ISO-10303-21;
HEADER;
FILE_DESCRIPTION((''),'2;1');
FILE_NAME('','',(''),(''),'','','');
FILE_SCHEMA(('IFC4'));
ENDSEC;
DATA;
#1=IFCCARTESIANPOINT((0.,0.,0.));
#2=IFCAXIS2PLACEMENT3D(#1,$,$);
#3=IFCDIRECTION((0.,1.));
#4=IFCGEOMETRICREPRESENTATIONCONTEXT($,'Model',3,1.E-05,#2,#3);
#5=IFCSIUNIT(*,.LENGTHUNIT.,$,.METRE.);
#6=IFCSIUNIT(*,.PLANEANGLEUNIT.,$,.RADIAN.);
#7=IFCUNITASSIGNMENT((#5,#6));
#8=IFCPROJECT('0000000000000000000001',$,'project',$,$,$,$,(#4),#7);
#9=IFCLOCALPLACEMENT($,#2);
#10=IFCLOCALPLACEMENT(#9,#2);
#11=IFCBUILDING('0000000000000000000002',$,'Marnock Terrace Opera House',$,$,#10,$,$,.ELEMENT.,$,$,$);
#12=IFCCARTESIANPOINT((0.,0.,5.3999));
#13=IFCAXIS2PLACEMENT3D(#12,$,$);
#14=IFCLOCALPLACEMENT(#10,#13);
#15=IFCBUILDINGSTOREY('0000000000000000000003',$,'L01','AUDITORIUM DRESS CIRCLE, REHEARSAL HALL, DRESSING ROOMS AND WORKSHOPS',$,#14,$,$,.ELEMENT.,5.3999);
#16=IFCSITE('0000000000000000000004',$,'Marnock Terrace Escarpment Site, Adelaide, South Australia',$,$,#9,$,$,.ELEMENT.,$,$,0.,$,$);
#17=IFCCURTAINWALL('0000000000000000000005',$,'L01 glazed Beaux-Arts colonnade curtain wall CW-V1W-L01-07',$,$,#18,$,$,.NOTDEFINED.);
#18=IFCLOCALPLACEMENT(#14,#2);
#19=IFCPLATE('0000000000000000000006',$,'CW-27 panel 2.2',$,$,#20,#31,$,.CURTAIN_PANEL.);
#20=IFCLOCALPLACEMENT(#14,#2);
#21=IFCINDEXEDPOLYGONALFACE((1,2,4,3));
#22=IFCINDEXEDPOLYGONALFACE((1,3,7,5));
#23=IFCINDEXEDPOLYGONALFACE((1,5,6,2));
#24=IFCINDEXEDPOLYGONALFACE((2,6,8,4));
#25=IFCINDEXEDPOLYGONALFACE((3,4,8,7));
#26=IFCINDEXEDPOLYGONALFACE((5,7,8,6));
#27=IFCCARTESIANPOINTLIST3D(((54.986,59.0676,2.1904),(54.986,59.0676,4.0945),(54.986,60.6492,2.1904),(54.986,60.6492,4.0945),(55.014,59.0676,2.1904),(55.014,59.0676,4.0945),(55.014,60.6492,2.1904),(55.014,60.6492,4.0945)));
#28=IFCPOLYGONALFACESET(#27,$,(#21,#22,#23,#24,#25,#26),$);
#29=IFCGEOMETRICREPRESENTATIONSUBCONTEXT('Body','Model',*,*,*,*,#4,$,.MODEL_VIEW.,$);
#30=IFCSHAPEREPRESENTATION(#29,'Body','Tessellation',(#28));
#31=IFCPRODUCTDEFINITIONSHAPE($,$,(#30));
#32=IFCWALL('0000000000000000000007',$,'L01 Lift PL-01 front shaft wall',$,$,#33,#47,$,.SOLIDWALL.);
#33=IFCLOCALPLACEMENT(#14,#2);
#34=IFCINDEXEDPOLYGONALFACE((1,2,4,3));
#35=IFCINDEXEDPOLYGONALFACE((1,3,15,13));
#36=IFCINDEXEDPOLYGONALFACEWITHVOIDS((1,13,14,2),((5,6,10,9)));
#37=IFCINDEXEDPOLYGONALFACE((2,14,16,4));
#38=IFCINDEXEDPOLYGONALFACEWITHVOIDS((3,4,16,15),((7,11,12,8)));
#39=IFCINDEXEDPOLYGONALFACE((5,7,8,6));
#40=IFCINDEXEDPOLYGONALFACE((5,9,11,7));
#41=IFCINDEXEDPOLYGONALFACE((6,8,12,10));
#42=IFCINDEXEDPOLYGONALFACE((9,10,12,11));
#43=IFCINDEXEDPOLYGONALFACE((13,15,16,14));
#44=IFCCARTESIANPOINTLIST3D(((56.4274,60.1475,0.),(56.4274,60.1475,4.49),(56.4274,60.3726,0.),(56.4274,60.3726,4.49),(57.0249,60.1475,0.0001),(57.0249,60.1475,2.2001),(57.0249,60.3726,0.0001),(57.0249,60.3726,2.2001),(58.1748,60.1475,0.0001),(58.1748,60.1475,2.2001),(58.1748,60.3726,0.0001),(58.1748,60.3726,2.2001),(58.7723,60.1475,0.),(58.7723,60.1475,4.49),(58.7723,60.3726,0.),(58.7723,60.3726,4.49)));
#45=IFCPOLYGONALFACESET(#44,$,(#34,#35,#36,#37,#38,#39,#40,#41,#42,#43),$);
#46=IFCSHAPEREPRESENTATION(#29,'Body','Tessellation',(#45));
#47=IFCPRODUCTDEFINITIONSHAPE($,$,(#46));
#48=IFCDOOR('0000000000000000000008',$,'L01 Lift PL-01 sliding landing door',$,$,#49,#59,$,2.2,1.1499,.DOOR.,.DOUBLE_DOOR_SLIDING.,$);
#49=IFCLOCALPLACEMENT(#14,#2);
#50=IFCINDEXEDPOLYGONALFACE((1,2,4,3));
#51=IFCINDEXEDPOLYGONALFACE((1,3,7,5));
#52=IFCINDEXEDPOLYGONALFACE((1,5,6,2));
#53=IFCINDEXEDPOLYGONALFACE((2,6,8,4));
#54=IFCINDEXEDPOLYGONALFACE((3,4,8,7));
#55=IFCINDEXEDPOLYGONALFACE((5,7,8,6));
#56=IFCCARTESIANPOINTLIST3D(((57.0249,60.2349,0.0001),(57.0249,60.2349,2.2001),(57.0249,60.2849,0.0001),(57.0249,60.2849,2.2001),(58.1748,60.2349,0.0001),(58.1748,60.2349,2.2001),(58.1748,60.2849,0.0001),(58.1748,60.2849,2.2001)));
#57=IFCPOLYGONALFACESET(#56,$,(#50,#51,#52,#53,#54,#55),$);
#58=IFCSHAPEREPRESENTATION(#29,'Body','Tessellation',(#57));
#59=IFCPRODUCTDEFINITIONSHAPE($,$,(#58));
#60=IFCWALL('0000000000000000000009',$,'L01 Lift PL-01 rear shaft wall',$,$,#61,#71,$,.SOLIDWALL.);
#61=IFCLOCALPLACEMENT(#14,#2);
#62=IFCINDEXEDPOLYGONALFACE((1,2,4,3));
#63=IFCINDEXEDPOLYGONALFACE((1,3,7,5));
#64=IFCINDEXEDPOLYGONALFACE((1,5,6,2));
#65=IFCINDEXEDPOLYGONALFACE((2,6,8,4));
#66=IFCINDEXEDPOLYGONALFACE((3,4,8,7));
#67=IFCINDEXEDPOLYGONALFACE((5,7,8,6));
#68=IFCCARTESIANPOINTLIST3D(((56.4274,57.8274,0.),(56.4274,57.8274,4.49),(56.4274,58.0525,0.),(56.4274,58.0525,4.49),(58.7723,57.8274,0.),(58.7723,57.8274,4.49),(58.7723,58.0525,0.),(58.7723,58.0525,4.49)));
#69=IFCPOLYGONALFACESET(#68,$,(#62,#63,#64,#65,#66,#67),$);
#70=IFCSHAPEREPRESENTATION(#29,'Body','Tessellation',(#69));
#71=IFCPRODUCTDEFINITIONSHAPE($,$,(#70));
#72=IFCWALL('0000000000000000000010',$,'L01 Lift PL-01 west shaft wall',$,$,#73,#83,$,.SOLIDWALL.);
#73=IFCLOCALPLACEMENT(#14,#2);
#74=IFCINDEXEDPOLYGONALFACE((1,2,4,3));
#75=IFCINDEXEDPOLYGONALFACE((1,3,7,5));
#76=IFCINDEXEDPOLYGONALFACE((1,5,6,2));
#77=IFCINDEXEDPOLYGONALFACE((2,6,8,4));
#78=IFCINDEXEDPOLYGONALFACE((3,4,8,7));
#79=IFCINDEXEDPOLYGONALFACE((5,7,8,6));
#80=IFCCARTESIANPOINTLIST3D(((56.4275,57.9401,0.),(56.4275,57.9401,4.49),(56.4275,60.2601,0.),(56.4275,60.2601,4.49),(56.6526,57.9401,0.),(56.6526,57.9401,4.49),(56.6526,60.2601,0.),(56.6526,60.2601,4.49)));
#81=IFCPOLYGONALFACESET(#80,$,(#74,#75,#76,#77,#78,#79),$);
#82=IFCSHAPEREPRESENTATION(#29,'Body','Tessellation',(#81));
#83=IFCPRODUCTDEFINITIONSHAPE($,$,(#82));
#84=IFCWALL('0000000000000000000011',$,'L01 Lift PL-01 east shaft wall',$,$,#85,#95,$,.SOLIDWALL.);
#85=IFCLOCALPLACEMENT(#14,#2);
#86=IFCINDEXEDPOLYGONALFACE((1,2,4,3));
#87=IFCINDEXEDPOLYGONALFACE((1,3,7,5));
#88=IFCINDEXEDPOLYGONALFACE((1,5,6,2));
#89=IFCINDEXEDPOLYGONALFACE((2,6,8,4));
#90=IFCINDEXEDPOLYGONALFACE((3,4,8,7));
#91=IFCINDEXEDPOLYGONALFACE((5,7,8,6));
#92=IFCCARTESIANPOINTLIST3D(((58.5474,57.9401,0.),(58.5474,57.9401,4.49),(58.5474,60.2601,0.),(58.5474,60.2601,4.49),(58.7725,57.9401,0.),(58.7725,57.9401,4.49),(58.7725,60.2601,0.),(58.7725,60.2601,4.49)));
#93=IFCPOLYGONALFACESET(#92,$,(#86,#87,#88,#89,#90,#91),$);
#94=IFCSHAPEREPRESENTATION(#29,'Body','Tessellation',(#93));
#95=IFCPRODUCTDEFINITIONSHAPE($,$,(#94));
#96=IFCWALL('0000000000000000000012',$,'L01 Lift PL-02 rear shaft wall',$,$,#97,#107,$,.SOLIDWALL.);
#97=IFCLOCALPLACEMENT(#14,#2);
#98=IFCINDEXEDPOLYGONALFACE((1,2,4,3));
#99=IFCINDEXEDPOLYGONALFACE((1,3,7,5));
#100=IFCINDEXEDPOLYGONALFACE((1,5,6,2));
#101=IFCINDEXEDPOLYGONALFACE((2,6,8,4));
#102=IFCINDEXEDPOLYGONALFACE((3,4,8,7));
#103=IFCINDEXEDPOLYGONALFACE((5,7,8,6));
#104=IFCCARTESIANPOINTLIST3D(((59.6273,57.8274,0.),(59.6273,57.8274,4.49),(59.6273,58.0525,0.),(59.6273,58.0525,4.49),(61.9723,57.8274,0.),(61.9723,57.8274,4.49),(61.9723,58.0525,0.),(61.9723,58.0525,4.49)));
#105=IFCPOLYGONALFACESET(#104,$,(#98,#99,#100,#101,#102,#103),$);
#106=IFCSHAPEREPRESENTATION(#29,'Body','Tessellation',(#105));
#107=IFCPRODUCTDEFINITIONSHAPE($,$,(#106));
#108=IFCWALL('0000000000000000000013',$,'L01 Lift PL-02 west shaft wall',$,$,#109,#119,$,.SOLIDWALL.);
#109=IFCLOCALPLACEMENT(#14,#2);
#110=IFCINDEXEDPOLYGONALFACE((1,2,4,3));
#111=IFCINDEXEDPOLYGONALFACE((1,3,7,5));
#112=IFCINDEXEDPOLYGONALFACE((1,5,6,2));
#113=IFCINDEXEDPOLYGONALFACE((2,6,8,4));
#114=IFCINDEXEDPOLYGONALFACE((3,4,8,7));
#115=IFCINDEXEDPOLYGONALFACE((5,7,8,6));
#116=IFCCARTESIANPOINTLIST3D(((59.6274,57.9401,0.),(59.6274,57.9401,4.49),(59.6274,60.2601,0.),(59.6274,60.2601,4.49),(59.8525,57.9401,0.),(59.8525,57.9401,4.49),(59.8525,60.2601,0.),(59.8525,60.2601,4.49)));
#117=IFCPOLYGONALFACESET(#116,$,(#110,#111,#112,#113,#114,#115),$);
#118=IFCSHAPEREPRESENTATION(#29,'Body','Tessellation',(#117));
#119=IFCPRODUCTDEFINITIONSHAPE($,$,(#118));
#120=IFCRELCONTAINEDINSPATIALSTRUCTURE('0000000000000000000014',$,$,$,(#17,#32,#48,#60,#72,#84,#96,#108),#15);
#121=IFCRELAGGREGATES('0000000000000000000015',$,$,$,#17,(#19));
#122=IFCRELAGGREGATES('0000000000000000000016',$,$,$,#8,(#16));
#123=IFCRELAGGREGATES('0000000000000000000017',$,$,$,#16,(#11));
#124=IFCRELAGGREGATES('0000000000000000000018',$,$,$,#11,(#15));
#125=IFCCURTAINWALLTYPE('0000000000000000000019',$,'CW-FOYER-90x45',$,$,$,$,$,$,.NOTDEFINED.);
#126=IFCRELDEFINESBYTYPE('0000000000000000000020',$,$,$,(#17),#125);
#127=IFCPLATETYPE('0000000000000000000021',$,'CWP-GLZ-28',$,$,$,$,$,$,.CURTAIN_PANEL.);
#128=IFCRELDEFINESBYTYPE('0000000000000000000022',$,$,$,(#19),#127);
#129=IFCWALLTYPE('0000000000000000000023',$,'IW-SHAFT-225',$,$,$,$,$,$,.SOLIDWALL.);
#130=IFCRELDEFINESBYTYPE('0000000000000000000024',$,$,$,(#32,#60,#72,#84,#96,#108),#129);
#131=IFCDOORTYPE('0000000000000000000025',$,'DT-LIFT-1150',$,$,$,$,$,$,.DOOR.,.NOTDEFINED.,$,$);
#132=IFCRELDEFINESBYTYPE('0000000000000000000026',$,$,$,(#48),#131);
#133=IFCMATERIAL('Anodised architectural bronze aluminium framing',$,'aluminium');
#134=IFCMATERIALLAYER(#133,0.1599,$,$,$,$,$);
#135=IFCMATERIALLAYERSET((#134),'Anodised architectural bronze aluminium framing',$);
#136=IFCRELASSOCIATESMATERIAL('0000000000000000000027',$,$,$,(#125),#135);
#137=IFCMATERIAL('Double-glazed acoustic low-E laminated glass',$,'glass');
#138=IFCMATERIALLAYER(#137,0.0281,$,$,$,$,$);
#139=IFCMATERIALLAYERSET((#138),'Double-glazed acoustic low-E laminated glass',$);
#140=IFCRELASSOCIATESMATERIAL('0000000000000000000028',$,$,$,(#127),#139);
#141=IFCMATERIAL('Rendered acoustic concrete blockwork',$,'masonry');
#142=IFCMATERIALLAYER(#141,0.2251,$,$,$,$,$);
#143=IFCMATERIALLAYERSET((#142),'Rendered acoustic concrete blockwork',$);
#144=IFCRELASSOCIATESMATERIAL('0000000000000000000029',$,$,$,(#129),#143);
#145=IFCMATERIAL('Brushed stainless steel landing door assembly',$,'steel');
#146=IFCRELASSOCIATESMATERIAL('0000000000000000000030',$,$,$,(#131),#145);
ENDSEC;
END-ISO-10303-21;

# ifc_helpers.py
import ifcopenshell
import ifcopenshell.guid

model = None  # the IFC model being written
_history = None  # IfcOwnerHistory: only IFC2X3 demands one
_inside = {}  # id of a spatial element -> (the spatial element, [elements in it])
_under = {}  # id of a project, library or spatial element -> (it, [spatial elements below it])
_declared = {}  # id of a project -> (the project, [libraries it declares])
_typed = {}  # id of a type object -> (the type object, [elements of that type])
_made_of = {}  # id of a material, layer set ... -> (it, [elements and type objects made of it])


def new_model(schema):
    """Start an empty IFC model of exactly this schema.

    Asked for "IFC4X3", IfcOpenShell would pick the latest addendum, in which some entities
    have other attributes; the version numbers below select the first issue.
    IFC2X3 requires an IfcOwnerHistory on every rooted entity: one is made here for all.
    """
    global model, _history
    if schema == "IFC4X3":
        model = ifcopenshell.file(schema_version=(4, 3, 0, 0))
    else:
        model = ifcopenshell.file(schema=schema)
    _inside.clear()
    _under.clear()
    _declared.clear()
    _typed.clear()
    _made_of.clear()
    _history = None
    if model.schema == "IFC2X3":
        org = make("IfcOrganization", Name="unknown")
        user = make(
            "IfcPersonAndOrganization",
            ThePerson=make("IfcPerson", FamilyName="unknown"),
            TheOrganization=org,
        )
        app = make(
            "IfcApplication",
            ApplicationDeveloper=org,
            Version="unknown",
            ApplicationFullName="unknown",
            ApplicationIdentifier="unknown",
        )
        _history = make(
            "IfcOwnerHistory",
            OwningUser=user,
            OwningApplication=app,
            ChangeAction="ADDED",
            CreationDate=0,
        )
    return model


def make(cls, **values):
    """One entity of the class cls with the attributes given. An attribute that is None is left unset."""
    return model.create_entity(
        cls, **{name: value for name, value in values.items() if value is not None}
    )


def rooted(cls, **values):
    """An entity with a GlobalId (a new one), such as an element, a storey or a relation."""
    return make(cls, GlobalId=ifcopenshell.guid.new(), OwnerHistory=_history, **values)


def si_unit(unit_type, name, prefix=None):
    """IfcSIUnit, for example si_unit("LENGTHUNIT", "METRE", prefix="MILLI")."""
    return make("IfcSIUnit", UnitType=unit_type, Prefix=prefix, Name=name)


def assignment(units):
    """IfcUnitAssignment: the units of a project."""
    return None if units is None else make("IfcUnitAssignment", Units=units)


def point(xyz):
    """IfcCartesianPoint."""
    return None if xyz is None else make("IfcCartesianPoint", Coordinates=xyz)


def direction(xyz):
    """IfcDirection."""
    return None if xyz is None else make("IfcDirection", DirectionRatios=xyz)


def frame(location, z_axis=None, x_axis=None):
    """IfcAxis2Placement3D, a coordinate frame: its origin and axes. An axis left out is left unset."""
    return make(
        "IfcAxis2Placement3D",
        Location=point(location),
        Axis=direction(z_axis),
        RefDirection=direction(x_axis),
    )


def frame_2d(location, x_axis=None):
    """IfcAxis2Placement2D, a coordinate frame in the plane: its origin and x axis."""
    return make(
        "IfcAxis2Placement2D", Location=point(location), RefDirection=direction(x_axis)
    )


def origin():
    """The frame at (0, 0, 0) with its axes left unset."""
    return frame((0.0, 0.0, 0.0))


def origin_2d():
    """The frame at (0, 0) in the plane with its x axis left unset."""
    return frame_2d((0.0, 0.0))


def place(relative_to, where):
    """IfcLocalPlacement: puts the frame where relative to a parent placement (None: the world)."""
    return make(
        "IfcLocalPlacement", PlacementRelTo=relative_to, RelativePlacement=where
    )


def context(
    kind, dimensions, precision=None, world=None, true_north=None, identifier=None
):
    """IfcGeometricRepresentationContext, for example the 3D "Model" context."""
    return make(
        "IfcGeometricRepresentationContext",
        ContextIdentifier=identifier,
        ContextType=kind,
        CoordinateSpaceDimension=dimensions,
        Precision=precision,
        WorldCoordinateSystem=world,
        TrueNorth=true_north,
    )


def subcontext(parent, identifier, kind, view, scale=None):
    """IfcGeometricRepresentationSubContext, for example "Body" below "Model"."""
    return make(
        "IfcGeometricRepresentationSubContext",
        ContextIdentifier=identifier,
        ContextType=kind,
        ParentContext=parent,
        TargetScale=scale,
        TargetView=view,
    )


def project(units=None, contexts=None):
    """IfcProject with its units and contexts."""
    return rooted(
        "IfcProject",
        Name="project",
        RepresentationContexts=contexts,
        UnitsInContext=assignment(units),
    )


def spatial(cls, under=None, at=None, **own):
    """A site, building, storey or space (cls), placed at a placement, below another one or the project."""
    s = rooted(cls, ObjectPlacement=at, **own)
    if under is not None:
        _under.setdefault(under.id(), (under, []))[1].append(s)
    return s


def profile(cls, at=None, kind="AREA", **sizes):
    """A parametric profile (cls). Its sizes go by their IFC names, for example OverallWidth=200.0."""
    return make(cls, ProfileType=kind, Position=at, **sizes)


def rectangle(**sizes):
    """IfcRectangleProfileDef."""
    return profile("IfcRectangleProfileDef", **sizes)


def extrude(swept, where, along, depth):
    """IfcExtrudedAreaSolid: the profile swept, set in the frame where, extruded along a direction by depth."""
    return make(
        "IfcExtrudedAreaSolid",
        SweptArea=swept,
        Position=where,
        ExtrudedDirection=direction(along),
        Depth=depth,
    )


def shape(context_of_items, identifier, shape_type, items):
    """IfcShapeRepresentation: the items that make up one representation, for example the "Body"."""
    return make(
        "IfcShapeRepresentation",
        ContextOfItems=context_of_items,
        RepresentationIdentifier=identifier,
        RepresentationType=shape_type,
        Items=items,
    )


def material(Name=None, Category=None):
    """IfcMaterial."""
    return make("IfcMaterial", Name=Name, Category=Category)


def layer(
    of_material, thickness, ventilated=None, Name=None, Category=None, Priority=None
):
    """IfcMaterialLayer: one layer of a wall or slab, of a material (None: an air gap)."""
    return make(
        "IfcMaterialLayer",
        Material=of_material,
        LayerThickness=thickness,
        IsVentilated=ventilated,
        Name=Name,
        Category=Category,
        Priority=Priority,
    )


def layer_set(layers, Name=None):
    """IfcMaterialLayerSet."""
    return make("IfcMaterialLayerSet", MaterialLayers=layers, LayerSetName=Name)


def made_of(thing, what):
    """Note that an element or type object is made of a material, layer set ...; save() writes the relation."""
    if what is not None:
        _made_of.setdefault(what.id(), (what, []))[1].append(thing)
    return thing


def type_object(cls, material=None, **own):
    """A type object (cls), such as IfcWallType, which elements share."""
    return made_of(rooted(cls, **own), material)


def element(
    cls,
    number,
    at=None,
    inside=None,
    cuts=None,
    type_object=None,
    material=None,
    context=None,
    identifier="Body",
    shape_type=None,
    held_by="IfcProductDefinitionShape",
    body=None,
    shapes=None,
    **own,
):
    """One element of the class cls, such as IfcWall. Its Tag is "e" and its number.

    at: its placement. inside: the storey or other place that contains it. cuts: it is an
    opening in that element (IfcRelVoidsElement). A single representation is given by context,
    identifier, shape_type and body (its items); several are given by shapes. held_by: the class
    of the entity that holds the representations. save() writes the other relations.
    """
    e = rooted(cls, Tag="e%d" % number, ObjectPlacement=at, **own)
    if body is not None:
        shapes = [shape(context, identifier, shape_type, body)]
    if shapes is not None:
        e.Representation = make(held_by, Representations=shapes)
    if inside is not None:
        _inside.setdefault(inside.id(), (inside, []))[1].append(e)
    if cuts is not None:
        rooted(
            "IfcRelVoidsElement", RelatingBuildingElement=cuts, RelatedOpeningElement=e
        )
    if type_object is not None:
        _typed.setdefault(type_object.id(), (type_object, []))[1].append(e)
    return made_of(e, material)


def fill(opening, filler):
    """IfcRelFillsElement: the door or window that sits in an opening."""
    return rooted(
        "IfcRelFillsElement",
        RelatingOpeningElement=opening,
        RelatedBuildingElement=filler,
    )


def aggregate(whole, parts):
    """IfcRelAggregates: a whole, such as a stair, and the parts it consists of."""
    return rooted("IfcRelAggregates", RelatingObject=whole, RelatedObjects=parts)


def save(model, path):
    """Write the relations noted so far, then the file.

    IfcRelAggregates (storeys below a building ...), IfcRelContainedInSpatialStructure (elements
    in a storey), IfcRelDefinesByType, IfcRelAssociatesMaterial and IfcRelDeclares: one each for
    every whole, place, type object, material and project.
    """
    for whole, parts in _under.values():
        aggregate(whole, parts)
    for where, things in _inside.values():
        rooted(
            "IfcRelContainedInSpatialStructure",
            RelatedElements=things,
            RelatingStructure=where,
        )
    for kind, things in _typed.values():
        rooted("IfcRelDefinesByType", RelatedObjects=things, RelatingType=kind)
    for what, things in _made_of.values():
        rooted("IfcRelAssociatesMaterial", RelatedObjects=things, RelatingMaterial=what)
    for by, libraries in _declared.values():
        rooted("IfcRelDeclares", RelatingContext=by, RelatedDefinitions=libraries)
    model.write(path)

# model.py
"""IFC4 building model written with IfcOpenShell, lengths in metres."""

from ifc_helpers import new_model, si_unit, direction, frame, frame_2d, origin, origin_2d, place, context, subcontext, project, spatial, rectangle, extrude, material, layer, layer_set, type_object, element, fill, aggregate, save


model = new_model("IFC4")

# Units and contexts
model_context = context("Model", 3, precision=1e-05, world=origin(), true_north=direction((0.0, 1.0)))
body_context = subcontext(model_context, "Body", "Model", "MODEL_VIEW")
ifc_project = project(units=[si_unit("LENGTHUNIT", "METRE"), si_unit("PLANEANGLEUNIT", "RADIAN")], contexts=[model_context])

# Site, building, storey
site_placement = place(None, origin())
site = spatial("IfcSite", under=ifc_project, at=site_placement, Name="Marnock Terrace Escarpment Site, Adelaide, South Australia", CompositionType="ELEMENT", RefElevation=0.0)
building_placement = place(site_placement, origin())
building = spatial("IfcBuilding", under=site, at=building_placement, Name="Marnock Terrace Opera House", CompositionType="ELEMENT")
storey_placement = place(building_placement, frame((0.0, 0.0, 5.3999)))
storey = spatial("IfcBuildingStorey", under=building, at=storey_placement, Name="L01", Description="AUDITORIUM DRESS CIRCLE, REHEARSAL HALL, DRESSING ROOMS AND WORKSHOPS", CompositionType="ELEMENT", Elevation=5.3999)

# Curtain wall, plate
ifc_material_1 = material(Name="Anodised architectural bronze aluminium framing", Category="aluminium")
ifc_layer_1 = layer(ifc_material_1, 0.1599)
ifc_layer_set_1 = layer_set([ifc_layer_1], Name="Anodised architectural bronze aluminium framing")
curtain_wall_type = type_object("IfcCurtainWallType", Name="CW-FOYER-90x45", PredefinedType="NOTDEFINED", material=ifc_layer_set_1)
curtain_wall_placement = place(storey_placement, origin())
curtain_wall = element("IfcCurtainWall", 1, at=curtain_wall_placement, inside=storey, type_object=curtain_wall_type, Name="L01 glazed Beaux-Arts colonnade curtain wall CW-V1W-L01-07", PredefinedType="NOTDEFINED")
ifc_material_2 = material(Name="Double-glazed acoustic low-E laminated glass", Category="glass")
ifc_layer_2 = layer(ifc_material_2, 0.0281)
ifc_layer_set_2 = layer_set([ifc_layer_2], Name="Double-glazed acoustic low-E laminated glass")
plate_type = type_object("IfcPlateType", Name="CWP-GLZ-28", PredefinedType="CURTAIN_PANEL", material=ifc_layer_set_2)
plate_1_placement = place(storey_placement, frame((55.0, 59.8584, 2.1904), z_axis=(0.0, 0.0, 1.0), x_axis=(0.0, 1.0, 0.0)))
plate_1 = element("IfcPlate", 2, at=plate_1_placement, type_object=plate_type, Name="CW-27 panel 2.2", PredefinedType="CURTAIN_PANEL", context=body_context, shape_type="SweptSolid", body=[
    extrude(rectangle(XDim=1.5815, YDim=0.0281, at=origin_2d()), origin(), (0.0, 0.0, 1.0), 1.9041),
])
aggregate(curtain_wall, [plate_1])

# Wall, opening, door
ifc_material_3 = material(Name="Rendered acoustic concrete blockwork", Category="masonry")
ifc_layer_3 = layer(ifc_material_3, 0.2251)
ifc_layer_set_3 = layer_set([ifc_layer_3], Name="Rendered acoustic concrete blockwork")
wall_type = type_object("IfcWallType", Name="IW-SHAFT-225", PredefinedType="SOLIDWALL", material=ifc_layer_set_3)
wall_1_placement = place(storey_placement, frame((56.4275, 60.26, 0.0), z_axis=(0.0, 0.0, 1.0), x_axis=(1.0, 0.0, 0.0)))
wall_1 = element("IfcWall", 3, at=wall_1_placement, inside=storey, type_object=wall_type, Name="L01 Lift PL-01 front shaft wall", PredefinedType="SOLIDWALL", context=body_context, shape_type="SweptSolid", body=[
    extrude(rectangle(XDim=2.345, YDim=0.2251, at=frame_2d((1.1724, 0.0))), origin(), (0.0, 0.0, 1.0), 4.49),
])
opening_placement = place(wall_1_placement, frame((0.5974, 0.0, 0.0)))
opening = element("IfcOpeningElement", 4, at=opening_placement, cuts=wall_1, PredefinedType="OPENING", context=body_context, shape_type="SweptSolid", body=[
    extrude(rectangle(XDim=1.1499, YDim=2.2, at=frame_2d((0.575, 1.1001))), frame((0.0, 0.1226, 0.0), z_axis=(0.0, -1.0, 0.0), x_axis=(1.0, 0.0, 0.0)), (0.0, 0.0, 1.0), 0.2451),
])
ifc_material_4 = material(Name="Brushed stainless steel landing door assembly", Category="steel")
door_type = type_object("IfcDoorType", Name="DT-LIFT-1150", OperationType="NOTDEFINED", PredefinedType="DOOR", material=ifc_material_4)
door_placement = place(opening_placement, origin())
door = element("IfcDoor", 5, at=door_placement, inside=storey, type_object=door_type, Name="L01 Lift PL-01 sliding landing door", OperationType="DOUBLE_DOOR_SLIDING", OverallHeight=2.2, OverallWidth=1.1499, PredefinedType="DOOR", context=body_context, shape_type="SweptSolid", body=[
    extrude(rectangle(XDim=1.1499, YDim=2.2, at=frame_2d((0.575, 1.1001))), frame((0.0, 0.0249, 0.0), z_axis=(0.0, -1.0, 0.0), x_axis=(1.0, 0.0, 0.0)), (0.0, 0.0, 1.0), 0.05),
])
fill(opening, door)

# Walls
wall_2_placement = place(storey_placement, frame((56.4275, 57.9399, 0.0), z_axis=(0.0, 0.0, 1.0), x_axis=(1.0, 0.0, 0.0)))
element("IfcWall", 6, at=wall_2_placement, inside=storey, type_object=wall_type, Name="L01 Lift PL-01 rear shaft wall", PredefinedType="SOLIDWALL", context=body_context, shape_type="SweptSolid", body=[
    extrude(rectangle(XDim=2.345, YDim=0.2251, at=frame_2d((1.1724, 0.0))), origin(), (0.0, 0.0, 1.0), 4.49),
])
for number, where, z_axis, x_axis, name in (
    (7, (56.54, 57.9399, 0.0), (0.0, 0.0, 1.0), (0.0, 1.0, 0.0), "L01 Lift PL-01 west shaft wall"),
    (8, (58.6599, 57.9399, 0.0), (0.0, 0.0, 1.0), (0.0, 1.0, 0.0), "L01 Lift PL-01 east shaft wall"),
):
    element("IfcWall", number, at=place(storey_placement, frame(where, z_axis=z_axis, x_axis=x_axis)), inside=storey, type_object=wall_type, Name=name, PredefinedType="SOLIDWALL", context=body_context, shape_type="SweptSolid", body=[
        extrude(rectangle(XDim=2.3201, YDim=0.2251, at=frame_2d((1.1602, 0.0))), origin(), (0.0, 0.0, 1.0), 4.49),
    ])
wall_3_placement = place(storey_placement, frame((59.6274, 57.9399, 0.0), z_axis=(0.0, 0.0, 1.0), x_axis=(1.0, 0.0, 0.0)))
element("IfcWall", 9, at=wall_3_placement, inside=storey, type_object=wall_type, Name="L01 Lift PL-02 rear shaft wall", PredefinedType="SOLIDWALL", context=body_context, shape_type="SweptSolid", body=[
    extrude(rectangle(XDim=2.345, YDim=0.2251, at=frame_2d((1.1724, 0.0))), origin(), (0.0, 0.0, 1.0), 4.49),
])
wall_4_placement = place(storey_placement, frame((59.74, 57.9399, 0.0), z_axis=(0.0, 0.0, 1.0), x_axis=(0.0, 1.0, 0.0)))
element("IfcWall", 10, at=wall_4_placement, inside=storey, type_object=wall_type, Name="L01 Lift PL-02 west shaft wall", PredefinedType="SOLIDWALL", context=body_context, shape_type="SweptSolid", body=[
    extrude(rectangle(XDim=2.3201, YDim=0.2251, at=frame_2d((1.1602, 0.0))), origin(), (0.0, 0.0, 1.0), 4.49),
])

save(model, "model.ifc")
